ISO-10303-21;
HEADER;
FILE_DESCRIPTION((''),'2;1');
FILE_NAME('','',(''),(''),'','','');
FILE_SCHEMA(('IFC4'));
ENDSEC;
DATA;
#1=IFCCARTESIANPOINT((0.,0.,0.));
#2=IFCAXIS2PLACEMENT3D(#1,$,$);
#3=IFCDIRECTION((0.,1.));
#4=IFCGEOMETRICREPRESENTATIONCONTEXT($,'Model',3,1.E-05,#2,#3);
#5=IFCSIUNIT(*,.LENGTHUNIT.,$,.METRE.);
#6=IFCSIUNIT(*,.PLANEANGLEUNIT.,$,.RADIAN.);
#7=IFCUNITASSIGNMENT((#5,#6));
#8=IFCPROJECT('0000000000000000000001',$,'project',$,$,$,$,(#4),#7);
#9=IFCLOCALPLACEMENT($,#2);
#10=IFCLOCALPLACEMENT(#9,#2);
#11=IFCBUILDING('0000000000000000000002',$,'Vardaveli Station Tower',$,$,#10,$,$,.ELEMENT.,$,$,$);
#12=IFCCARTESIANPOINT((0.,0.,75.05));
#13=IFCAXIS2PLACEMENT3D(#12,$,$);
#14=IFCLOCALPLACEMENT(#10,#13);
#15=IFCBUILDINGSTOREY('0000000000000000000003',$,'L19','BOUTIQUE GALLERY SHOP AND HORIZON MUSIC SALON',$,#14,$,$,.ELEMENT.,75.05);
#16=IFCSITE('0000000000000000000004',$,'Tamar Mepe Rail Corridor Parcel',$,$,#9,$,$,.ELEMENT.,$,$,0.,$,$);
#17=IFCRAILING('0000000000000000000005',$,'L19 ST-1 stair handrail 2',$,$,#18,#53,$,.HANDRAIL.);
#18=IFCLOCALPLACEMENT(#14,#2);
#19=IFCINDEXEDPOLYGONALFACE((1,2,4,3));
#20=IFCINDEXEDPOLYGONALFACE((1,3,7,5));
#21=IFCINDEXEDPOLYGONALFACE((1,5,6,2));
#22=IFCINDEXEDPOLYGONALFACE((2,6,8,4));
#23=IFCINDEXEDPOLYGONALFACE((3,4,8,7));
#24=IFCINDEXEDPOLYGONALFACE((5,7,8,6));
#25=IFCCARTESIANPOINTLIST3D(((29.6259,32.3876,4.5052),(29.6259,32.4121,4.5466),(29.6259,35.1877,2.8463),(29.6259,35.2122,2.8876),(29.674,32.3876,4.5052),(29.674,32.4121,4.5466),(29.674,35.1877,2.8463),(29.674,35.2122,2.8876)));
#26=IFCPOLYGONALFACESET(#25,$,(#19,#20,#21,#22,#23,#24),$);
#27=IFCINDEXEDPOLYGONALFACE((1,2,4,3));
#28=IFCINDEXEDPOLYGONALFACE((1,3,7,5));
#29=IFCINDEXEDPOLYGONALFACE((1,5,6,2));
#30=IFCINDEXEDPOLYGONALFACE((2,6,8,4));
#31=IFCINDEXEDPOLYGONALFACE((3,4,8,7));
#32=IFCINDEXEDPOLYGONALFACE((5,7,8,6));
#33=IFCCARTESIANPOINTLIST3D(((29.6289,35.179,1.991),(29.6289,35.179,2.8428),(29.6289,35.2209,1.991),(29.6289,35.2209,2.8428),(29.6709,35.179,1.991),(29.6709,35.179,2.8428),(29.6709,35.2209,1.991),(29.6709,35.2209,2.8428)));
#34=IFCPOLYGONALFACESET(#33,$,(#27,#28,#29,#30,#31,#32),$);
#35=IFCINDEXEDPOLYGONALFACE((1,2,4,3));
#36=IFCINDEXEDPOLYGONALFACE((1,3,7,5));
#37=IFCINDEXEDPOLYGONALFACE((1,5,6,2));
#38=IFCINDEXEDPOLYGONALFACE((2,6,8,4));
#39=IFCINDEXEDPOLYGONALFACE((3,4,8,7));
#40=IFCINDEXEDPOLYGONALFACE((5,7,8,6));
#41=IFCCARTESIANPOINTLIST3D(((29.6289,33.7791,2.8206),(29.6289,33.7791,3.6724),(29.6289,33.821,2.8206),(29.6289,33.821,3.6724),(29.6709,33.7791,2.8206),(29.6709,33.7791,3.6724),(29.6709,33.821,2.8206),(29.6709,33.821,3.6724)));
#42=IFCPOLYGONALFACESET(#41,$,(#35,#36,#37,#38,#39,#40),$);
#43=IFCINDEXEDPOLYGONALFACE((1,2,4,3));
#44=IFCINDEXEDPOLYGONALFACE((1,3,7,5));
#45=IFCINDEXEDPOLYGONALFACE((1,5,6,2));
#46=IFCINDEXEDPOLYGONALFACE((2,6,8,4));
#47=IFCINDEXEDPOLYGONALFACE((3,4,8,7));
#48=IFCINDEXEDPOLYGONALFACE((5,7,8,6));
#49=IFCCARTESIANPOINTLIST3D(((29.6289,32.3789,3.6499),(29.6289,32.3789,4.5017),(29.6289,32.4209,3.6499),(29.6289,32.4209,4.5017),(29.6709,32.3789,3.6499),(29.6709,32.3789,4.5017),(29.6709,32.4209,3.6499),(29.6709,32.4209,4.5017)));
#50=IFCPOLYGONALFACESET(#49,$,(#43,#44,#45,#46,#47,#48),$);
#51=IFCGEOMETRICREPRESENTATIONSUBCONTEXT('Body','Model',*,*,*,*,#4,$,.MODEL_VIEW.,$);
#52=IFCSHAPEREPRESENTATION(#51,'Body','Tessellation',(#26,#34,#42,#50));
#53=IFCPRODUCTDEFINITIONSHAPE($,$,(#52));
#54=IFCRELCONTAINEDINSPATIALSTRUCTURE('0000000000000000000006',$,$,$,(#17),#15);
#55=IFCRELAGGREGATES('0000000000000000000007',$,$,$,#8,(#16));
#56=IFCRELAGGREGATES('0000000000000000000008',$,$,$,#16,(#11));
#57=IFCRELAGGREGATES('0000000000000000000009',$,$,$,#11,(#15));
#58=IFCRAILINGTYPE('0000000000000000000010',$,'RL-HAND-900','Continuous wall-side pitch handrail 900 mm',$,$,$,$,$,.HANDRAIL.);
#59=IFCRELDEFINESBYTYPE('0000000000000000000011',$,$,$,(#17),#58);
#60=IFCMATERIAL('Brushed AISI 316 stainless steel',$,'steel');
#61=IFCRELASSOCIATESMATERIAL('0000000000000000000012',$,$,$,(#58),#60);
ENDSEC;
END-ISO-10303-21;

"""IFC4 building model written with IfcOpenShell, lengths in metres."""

from ifc_helpers import new_model, si_unit, direction, frame, origin, origin_2d, place, context, subcontext, project, spatial, rectangle, extrude, source, transform, mapped, material, type_object, element, save


model = new_model("IFC4")

# Units and contexts
model_context = context("Model", 3, precision=1e-05, world=origin(), true_north=direction((0.0, 1.0)))
body_context = subcontext(model_context, "Body", "Model", "MODEL_VIEW")
ifc_project = project(units=[si_unit("LENGTHUNIT", "METRE"), si_unit("PLANEANGLEUNIT", "RADIAN")], contexts=[model_context])

# Site, building, storey
site_placement = place(None, origin())
site = spatial("IfcSite", under=ifc_project, at=site_placement, Name="Tamar Mepe Rail Corridor Parcel", CompositionType="ELEMENT", RefElevation=0.0)
building_placement = place(site_placement, origin())
building = spatial("IfcBuilding", under=site, at=building_placement, Name="Vardaveli Station Tower", CompositionType="ELEMENT")
storey_placement = place(building_placement, frame((0.0, 0.0, 75.05)))
storey = spatial("IfcBuildingStorey", under=building, at=storey_placement, Name="L19", Description="BOUTIQUE GALLERY SHOP AND HORIZON MUSIC SALON", CompositionType="ELEMENT", Elevation=75.05)

# Railing
ifc_material_1 = material(Name="Brushed AISI 316 stainless steel", Category="steel")
railing_type_1 = type_object("IfcRailingType", Name="RL-HAND-900", Description="Continuous wall-side pitch handrail 900 mm", PredefinedType="HANDRAIL", material=ifc_material_1)
shared_shape_1 = source(origin(), body_context, "Body", "SweptSolid", [
    extrude(rectangle(XDim=0.0481, YDim=0.0481, at=origin_2d()), frame((0.0, 0.0, 0.876), z_axis=(0.0, -0.860339, 0.509722), x_axis=(1.0, 0.0, 0.0)), (0.0, 0.0, 1.0), 3.2546),
    extrude(rectangle(XDim=0.042, YDim=0.042, at=origin_2d()), origin(), (0.0, 0.0, 1.0), 0.8518),
    extrude(rectangle(XDim=0.042, YDim=0.042, at=origin_2d()), frame((0.0, -1.3999, 0.8296)), (0.0, 0.0, 1.0), 0.8518),
    extrude(rectangle(XDim=0.042, YDim=0.042, at=origin_2d()), frame((0.0, -2.8, 1.6589)), (0.0, 0.0, 1.0), 0.8518),
])
railing_1_placement = place(storey_placement, frame((29.6499, 35.2, 1.991)))
element("IfcRailing", 1, at=railing_1_placement, inside=storey, type_object=railing_type_1, Name="L19 ST-1 stair handrail 2", PredefinedType="HANDRAIL", context=body_context, shape_type="MappedRepresentation", body=[
    mapped(shared_shape_1, transform((0.0, 0.0, 0.0), scale=1.0)),
])

save(model, "model.ifc")
